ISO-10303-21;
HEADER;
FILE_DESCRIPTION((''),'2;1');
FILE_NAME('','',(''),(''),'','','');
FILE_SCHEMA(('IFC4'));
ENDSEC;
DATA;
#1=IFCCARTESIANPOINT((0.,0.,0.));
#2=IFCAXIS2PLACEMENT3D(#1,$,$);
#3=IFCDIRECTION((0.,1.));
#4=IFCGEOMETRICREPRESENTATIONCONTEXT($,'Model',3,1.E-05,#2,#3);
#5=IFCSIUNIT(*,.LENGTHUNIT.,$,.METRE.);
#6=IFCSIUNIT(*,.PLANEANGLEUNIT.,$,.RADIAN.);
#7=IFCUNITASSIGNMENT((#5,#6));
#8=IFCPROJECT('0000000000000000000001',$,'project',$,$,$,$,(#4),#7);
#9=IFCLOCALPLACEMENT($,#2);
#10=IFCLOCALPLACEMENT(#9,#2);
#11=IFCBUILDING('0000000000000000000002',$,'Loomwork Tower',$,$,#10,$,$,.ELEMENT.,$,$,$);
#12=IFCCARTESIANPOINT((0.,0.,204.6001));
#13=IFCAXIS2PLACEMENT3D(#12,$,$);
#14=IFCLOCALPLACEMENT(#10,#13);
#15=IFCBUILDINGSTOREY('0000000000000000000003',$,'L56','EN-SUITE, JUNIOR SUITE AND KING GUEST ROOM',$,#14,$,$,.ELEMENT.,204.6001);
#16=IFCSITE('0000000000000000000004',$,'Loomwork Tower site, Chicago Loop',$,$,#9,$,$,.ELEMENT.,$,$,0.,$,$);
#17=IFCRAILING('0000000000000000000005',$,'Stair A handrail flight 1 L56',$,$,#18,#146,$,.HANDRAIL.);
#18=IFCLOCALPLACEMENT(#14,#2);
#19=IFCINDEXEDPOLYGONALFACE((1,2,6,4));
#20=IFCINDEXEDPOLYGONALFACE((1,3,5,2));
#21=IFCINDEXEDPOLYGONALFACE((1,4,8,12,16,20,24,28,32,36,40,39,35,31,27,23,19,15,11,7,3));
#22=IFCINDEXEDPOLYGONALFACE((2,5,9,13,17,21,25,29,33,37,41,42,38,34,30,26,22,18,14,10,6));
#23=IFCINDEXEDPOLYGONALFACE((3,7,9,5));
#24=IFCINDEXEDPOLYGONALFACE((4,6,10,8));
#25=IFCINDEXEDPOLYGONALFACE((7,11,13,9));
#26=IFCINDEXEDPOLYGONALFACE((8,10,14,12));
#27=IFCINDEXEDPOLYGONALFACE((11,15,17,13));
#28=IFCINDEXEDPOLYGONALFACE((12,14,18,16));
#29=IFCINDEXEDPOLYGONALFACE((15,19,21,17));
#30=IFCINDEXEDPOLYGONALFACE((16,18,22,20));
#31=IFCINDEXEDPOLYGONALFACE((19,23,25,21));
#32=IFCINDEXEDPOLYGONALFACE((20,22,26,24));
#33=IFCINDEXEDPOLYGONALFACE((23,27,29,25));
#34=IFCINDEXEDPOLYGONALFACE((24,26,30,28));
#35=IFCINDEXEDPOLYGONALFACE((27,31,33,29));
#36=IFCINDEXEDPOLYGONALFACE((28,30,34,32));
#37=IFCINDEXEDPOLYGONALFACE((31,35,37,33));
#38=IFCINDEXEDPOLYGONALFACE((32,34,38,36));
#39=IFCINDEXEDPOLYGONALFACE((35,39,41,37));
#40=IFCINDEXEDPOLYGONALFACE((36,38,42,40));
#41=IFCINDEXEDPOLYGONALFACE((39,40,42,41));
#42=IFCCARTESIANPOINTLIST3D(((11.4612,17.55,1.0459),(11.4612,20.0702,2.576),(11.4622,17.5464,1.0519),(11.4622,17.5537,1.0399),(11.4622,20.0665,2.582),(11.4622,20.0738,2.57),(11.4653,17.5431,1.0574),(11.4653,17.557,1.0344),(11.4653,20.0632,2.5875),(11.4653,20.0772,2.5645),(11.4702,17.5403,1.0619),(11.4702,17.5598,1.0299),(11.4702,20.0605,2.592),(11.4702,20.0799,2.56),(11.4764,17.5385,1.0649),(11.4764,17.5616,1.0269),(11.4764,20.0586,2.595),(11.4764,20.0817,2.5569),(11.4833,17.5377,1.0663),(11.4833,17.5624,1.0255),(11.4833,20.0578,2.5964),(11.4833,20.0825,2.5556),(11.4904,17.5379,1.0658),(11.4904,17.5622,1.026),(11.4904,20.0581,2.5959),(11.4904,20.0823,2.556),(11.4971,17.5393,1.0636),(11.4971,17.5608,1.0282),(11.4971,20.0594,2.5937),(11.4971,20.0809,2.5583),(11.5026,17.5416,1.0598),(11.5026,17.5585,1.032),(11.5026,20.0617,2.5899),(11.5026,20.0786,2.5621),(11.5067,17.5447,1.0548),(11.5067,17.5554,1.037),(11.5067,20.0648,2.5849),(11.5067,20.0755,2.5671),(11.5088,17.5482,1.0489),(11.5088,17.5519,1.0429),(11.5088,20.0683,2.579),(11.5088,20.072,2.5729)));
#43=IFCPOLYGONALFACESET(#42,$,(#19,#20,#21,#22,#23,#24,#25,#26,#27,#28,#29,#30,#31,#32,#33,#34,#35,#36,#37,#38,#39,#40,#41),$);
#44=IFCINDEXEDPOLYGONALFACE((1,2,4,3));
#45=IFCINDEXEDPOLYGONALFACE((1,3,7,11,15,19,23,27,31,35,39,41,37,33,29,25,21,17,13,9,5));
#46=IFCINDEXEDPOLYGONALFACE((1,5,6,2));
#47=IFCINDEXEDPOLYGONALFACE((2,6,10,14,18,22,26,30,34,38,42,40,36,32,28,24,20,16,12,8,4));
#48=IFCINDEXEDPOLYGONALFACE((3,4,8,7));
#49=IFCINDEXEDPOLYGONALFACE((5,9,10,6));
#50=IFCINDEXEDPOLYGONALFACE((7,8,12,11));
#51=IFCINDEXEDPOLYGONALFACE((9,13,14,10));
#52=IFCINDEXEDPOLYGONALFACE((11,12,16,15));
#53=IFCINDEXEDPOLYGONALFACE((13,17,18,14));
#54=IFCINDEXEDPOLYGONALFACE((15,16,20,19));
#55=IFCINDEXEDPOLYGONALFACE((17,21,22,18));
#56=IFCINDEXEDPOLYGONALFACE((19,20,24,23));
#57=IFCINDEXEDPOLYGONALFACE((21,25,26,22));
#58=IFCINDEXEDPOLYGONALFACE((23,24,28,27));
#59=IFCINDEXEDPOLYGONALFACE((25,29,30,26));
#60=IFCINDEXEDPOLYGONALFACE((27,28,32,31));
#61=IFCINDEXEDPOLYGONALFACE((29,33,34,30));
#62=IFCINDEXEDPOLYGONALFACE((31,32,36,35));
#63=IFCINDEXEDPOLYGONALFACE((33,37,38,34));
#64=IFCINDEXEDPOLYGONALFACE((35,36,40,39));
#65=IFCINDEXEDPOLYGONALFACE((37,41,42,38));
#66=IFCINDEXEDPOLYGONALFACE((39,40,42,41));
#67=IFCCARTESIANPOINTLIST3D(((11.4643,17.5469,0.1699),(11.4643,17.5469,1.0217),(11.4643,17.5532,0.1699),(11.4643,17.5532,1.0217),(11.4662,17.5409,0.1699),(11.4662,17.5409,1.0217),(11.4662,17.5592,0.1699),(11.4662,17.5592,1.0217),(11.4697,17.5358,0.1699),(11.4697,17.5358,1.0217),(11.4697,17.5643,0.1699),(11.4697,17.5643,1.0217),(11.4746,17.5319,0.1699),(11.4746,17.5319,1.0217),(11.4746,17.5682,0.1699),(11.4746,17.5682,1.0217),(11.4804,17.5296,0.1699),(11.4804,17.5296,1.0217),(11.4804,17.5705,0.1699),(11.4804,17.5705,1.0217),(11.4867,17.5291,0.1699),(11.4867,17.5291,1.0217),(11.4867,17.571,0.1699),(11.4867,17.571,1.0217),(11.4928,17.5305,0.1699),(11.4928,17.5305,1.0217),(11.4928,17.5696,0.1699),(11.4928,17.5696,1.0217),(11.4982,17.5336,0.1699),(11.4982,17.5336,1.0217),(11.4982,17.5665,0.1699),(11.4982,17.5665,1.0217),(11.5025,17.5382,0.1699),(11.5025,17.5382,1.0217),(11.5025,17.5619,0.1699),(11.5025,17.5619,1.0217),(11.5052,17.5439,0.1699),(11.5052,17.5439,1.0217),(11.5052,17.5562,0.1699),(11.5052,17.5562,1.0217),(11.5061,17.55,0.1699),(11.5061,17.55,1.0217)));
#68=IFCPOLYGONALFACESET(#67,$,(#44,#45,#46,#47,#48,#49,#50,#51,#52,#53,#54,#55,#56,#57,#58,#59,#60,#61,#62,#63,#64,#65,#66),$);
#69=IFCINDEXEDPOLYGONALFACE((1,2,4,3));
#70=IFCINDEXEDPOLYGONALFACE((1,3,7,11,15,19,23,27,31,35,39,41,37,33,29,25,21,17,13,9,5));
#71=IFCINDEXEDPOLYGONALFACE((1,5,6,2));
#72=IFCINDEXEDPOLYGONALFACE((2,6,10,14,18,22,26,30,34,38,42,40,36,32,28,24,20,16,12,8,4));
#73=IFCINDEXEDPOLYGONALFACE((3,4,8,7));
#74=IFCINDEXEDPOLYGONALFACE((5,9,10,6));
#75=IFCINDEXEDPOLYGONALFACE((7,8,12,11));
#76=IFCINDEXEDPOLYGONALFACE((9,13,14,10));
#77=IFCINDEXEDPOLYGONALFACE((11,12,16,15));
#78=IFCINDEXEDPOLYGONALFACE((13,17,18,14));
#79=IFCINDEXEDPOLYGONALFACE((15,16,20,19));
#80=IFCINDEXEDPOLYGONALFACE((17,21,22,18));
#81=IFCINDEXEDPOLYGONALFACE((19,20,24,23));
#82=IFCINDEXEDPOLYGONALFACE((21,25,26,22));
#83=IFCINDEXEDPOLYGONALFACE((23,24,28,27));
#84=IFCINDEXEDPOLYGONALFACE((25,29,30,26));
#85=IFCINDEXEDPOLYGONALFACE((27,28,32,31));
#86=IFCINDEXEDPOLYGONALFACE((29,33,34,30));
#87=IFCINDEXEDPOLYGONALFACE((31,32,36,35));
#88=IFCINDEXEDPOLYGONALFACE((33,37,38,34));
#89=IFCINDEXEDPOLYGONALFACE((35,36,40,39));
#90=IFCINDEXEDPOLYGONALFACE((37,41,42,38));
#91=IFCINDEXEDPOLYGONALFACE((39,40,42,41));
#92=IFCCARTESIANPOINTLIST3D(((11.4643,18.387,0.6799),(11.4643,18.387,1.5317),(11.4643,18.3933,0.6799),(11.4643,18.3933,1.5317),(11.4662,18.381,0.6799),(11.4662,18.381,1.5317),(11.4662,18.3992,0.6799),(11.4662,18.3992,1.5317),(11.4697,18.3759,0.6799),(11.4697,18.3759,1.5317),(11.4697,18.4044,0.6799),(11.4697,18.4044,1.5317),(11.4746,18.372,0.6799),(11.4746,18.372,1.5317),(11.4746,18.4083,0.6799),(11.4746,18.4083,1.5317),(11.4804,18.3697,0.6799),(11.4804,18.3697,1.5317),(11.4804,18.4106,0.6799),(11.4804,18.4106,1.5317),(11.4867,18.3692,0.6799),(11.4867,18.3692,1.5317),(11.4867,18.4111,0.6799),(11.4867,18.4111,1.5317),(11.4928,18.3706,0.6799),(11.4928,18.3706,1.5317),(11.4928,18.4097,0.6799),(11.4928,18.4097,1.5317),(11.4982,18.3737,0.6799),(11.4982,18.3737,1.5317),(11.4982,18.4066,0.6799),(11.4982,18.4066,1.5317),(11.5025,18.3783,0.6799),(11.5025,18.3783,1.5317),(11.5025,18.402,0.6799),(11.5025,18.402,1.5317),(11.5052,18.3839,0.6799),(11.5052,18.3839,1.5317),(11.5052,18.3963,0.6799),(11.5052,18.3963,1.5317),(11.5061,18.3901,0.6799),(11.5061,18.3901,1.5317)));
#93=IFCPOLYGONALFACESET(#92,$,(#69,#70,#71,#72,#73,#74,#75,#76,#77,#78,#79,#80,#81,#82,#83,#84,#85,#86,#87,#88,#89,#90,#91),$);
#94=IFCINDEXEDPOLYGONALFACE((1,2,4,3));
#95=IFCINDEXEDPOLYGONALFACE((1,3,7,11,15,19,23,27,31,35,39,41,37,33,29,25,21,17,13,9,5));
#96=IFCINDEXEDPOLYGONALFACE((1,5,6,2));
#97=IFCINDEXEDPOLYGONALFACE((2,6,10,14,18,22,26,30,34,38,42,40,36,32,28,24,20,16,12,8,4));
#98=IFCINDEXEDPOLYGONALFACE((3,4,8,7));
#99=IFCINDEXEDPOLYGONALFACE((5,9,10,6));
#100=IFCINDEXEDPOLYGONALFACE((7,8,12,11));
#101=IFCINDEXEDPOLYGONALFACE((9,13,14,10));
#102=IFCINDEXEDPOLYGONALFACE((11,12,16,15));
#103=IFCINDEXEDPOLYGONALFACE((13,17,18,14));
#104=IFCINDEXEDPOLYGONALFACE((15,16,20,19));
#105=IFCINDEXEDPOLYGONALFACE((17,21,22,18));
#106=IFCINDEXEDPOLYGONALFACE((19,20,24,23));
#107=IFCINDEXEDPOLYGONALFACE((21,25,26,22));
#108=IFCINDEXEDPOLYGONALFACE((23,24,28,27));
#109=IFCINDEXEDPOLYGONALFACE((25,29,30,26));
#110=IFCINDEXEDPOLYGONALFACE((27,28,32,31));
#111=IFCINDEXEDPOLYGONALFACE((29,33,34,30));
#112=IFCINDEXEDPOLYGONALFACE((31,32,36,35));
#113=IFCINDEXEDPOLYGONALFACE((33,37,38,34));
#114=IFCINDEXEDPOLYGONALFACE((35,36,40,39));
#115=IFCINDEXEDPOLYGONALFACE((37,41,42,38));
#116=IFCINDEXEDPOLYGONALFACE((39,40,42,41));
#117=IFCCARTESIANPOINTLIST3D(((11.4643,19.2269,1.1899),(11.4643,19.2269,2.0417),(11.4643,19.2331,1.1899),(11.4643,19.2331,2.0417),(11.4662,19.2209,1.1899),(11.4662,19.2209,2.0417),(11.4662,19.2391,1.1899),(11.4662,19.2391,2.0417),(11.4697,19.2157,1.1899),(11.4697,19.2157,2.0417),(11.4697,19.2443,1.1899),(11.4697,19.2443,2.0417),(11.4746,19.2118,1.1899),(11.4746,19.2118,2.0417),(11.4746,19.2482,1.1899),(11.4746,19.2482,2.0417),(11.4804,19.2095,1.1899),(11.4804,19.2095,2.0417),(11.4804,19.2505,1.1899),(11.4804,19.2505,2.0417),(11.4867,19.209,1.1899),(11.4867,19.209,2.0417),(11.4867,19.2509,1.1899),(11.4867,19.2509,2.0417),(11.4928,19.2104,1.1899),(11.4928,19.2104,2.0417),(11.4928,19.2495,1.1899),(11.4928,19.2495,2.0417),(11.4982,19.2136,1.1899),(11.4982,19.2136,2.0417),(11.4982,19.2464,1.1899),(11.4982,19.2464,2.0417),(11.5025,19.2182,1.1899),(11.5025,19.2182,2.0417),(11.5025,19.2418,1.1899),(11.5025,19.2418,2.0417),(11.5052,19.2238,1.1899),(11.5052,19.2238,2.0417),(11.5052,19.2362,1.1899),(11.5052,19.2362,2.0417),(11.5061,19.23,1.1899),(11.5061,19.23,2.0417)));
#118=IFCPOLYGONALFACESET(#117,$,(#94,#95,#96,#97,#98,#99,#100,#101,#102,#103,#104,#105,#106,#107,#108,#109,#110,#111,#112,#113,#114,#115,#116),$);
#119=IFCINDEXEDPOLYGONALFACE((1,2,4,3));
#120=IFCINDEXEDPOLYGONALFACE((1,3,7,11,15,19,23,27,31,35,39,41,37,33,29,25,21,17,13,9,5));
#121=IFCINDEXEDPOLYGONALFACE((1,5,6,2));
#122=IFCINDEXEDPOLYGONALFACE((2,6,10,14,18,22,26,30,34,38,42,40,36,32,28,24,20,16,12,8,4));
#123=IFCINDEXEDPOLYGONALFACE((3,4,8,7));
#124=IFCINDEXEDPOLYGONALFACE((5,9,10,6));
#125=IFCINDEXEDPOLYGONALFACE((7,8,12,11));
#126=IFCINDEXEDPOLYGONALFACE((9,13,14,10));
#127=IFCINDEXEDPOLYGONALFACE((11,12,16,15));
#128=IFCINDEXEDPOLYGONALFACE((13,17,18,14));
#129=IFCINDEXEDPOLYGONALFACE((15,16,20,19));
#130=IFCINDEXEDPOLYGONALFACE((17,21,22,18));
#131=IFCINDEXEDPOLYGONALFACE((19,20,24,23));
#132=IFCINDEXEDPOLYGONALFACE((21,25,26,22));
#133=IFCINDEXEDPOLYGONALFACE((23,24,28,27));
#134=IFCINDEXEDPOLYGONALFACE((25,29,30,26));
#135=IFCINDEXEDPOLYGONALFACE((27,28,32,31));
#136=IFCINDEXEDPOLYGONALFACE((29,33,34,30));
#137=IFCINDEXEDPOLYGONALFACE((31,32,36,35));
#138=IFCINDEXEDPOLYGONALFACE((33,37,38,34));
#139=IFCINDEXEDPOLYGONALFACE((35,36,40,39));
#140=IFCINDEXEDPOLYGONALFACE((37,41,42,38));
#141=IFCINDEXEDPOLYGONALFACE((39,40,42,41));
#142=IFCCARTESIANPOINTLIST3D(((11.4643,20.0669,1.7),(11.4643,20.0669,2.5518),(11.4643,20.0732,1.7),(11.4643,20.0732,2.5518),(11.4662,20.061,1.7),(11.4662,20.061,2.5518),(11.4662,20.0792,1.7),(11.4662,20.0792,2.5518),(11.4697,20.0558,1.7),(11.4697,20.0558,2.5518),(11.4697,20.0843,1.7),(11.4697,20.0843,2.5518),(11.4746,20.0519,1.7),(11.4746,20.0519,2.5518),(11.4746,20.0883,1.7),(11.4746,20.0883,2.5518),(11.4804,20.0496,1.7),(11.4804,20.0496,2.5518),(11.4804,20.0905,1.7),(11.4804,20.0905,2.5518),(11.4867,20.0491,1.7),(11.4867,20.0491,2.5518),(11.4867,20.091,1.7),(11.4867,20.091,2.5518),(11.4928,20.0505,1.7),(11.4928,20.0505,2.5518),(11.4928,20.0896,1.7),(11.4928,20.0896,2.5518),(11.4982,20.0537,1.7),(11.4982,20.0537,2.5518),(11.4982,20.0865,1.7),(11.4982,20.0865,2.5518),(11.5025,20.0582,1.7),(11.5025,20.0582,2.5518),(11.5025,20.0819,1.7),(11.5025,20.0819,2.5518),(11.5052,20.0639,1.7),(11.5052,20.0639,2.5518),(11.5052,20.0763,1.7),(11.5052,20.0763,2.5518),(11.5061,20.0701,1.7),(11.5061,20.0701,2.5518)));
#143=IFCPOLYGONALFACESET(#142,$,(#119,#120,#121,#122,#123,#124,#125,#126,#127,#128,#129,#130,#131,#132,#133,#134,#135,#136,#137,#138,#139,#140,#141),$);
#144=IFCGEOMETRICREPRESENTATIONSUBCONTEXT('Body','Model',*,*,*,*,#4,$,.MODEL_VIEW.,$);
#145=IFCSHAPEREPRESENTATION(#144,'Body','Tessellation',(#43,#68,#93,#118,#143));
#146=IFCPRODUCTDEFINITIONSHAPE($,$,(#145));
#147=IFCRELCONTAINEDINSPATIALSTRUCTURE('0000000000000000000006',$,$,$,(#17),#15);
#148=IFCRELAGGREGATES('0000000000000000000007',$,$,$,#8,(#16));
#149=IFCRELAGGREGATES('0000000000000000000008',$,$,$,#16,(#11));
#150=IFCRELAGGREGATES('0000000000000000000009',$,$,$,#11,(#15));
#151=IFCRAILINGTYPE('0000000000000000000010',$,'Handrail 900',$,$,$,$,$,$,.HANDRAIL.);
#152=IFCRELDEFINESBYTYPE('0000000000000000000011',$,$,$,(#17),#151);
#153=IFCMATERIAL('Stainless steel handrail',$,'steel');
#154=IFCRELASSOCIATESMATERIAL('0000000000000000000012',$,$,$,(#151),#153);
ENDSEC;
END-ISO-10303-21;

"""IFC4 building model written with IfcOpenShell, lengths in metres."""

from ifc_helpers import new_model, si_unit, direction, frame, origin, origin_2d, place, context, subcontext, project, spatial, circle, extrude, material, type_object, element, save


model = new_model("IFC4")

# Units and contexts
model_context = context("Model", 3, precision=1e-05, world=origin(), true_north=direction((0.0, 1.0)))
body_context = subcontext(model_context, "Body", "Model", "MODEL_VIEW")
ifc_project = project(units=[si_unit("LENGTHUNIT", "METRE"), si_unit("PLANEANGLEUNIT", "RADIAN")], contexts=[model_context])

# Site, building, storey
site_placement = place(None, origin())
site = spatial("IfcSite", under=ifc_project, at=site_placement, Name="Loomwork Tower site, Chicago Loop", CompositionType="ELEMENT", RefElevation=0.0)
building_placement = place(site_placement, origin())
building = spatial("IfcBuilding", under=site, at=building_placement, Name="Loomwork Tower", CompositionType="ELEMENT")
storey_placement = place(building_placement, frame((0.0, 0.0, 204.6001)))
storey = spatial("IfcBuildingStorey", under=building, at=storey_placement, Name="L56", Description="EN-SUITE, JUNIOR SUITE AND KING GUEST ROOM", CompositionType="ELEMENT", Elevation=204.6001)

# Railing
ifc_material_1 = material(Name="Stainless steel handrail", Category="steel")
railing_type = type_object("IfcRailingType", Name="Handrail 900", PredefinedType="HANDRAIL", material=ifc_material_1)
railing_placement = place(storey_placement, frame((11.4851, 17.55, 0.1699)))
element("IfcRailing", 1, at=railing_placement, inside=storey, type_object=railing_type, Name="Stair A handrail flight 1 L56", PredefinedType="HANDRAIL", context=body_context, shape_type="SweptSolid", body=[
    extrude(circle(Radius=0.0239, at=origin_2d()), frame((0.0, 0.0, 0.876), z_axis=(0.0, 0.854785, 0.518982), x_axis=(-1.0, 0.0, 0.0)), (0.0, 0.0, 1.0), 2.9482),
    extrude(circle(Radius=0.021, at=origin_2d()), origin(), (0.0, 0.0, 1.0), 0.8518),
    extrude(circle(Radius=0.021, at=origin_2d()), frame((0.0, 0.8401, 0.51)), (0.0, 0.0, 1.0), 0.8518),
    extrude(circle(Radius=0.021, at=origin_2d()), frame((0.0, 1.6799, 1.02)), (0.0, 0.0, 1.0), 0.8518),
    extrude(circle(Radius=0.021, at=origin_2d()), frame((0.0, 2.52, 1.53)), (0.0, 0.0, 1.0), 0.8518),
])

save(model, "model.ifc")
